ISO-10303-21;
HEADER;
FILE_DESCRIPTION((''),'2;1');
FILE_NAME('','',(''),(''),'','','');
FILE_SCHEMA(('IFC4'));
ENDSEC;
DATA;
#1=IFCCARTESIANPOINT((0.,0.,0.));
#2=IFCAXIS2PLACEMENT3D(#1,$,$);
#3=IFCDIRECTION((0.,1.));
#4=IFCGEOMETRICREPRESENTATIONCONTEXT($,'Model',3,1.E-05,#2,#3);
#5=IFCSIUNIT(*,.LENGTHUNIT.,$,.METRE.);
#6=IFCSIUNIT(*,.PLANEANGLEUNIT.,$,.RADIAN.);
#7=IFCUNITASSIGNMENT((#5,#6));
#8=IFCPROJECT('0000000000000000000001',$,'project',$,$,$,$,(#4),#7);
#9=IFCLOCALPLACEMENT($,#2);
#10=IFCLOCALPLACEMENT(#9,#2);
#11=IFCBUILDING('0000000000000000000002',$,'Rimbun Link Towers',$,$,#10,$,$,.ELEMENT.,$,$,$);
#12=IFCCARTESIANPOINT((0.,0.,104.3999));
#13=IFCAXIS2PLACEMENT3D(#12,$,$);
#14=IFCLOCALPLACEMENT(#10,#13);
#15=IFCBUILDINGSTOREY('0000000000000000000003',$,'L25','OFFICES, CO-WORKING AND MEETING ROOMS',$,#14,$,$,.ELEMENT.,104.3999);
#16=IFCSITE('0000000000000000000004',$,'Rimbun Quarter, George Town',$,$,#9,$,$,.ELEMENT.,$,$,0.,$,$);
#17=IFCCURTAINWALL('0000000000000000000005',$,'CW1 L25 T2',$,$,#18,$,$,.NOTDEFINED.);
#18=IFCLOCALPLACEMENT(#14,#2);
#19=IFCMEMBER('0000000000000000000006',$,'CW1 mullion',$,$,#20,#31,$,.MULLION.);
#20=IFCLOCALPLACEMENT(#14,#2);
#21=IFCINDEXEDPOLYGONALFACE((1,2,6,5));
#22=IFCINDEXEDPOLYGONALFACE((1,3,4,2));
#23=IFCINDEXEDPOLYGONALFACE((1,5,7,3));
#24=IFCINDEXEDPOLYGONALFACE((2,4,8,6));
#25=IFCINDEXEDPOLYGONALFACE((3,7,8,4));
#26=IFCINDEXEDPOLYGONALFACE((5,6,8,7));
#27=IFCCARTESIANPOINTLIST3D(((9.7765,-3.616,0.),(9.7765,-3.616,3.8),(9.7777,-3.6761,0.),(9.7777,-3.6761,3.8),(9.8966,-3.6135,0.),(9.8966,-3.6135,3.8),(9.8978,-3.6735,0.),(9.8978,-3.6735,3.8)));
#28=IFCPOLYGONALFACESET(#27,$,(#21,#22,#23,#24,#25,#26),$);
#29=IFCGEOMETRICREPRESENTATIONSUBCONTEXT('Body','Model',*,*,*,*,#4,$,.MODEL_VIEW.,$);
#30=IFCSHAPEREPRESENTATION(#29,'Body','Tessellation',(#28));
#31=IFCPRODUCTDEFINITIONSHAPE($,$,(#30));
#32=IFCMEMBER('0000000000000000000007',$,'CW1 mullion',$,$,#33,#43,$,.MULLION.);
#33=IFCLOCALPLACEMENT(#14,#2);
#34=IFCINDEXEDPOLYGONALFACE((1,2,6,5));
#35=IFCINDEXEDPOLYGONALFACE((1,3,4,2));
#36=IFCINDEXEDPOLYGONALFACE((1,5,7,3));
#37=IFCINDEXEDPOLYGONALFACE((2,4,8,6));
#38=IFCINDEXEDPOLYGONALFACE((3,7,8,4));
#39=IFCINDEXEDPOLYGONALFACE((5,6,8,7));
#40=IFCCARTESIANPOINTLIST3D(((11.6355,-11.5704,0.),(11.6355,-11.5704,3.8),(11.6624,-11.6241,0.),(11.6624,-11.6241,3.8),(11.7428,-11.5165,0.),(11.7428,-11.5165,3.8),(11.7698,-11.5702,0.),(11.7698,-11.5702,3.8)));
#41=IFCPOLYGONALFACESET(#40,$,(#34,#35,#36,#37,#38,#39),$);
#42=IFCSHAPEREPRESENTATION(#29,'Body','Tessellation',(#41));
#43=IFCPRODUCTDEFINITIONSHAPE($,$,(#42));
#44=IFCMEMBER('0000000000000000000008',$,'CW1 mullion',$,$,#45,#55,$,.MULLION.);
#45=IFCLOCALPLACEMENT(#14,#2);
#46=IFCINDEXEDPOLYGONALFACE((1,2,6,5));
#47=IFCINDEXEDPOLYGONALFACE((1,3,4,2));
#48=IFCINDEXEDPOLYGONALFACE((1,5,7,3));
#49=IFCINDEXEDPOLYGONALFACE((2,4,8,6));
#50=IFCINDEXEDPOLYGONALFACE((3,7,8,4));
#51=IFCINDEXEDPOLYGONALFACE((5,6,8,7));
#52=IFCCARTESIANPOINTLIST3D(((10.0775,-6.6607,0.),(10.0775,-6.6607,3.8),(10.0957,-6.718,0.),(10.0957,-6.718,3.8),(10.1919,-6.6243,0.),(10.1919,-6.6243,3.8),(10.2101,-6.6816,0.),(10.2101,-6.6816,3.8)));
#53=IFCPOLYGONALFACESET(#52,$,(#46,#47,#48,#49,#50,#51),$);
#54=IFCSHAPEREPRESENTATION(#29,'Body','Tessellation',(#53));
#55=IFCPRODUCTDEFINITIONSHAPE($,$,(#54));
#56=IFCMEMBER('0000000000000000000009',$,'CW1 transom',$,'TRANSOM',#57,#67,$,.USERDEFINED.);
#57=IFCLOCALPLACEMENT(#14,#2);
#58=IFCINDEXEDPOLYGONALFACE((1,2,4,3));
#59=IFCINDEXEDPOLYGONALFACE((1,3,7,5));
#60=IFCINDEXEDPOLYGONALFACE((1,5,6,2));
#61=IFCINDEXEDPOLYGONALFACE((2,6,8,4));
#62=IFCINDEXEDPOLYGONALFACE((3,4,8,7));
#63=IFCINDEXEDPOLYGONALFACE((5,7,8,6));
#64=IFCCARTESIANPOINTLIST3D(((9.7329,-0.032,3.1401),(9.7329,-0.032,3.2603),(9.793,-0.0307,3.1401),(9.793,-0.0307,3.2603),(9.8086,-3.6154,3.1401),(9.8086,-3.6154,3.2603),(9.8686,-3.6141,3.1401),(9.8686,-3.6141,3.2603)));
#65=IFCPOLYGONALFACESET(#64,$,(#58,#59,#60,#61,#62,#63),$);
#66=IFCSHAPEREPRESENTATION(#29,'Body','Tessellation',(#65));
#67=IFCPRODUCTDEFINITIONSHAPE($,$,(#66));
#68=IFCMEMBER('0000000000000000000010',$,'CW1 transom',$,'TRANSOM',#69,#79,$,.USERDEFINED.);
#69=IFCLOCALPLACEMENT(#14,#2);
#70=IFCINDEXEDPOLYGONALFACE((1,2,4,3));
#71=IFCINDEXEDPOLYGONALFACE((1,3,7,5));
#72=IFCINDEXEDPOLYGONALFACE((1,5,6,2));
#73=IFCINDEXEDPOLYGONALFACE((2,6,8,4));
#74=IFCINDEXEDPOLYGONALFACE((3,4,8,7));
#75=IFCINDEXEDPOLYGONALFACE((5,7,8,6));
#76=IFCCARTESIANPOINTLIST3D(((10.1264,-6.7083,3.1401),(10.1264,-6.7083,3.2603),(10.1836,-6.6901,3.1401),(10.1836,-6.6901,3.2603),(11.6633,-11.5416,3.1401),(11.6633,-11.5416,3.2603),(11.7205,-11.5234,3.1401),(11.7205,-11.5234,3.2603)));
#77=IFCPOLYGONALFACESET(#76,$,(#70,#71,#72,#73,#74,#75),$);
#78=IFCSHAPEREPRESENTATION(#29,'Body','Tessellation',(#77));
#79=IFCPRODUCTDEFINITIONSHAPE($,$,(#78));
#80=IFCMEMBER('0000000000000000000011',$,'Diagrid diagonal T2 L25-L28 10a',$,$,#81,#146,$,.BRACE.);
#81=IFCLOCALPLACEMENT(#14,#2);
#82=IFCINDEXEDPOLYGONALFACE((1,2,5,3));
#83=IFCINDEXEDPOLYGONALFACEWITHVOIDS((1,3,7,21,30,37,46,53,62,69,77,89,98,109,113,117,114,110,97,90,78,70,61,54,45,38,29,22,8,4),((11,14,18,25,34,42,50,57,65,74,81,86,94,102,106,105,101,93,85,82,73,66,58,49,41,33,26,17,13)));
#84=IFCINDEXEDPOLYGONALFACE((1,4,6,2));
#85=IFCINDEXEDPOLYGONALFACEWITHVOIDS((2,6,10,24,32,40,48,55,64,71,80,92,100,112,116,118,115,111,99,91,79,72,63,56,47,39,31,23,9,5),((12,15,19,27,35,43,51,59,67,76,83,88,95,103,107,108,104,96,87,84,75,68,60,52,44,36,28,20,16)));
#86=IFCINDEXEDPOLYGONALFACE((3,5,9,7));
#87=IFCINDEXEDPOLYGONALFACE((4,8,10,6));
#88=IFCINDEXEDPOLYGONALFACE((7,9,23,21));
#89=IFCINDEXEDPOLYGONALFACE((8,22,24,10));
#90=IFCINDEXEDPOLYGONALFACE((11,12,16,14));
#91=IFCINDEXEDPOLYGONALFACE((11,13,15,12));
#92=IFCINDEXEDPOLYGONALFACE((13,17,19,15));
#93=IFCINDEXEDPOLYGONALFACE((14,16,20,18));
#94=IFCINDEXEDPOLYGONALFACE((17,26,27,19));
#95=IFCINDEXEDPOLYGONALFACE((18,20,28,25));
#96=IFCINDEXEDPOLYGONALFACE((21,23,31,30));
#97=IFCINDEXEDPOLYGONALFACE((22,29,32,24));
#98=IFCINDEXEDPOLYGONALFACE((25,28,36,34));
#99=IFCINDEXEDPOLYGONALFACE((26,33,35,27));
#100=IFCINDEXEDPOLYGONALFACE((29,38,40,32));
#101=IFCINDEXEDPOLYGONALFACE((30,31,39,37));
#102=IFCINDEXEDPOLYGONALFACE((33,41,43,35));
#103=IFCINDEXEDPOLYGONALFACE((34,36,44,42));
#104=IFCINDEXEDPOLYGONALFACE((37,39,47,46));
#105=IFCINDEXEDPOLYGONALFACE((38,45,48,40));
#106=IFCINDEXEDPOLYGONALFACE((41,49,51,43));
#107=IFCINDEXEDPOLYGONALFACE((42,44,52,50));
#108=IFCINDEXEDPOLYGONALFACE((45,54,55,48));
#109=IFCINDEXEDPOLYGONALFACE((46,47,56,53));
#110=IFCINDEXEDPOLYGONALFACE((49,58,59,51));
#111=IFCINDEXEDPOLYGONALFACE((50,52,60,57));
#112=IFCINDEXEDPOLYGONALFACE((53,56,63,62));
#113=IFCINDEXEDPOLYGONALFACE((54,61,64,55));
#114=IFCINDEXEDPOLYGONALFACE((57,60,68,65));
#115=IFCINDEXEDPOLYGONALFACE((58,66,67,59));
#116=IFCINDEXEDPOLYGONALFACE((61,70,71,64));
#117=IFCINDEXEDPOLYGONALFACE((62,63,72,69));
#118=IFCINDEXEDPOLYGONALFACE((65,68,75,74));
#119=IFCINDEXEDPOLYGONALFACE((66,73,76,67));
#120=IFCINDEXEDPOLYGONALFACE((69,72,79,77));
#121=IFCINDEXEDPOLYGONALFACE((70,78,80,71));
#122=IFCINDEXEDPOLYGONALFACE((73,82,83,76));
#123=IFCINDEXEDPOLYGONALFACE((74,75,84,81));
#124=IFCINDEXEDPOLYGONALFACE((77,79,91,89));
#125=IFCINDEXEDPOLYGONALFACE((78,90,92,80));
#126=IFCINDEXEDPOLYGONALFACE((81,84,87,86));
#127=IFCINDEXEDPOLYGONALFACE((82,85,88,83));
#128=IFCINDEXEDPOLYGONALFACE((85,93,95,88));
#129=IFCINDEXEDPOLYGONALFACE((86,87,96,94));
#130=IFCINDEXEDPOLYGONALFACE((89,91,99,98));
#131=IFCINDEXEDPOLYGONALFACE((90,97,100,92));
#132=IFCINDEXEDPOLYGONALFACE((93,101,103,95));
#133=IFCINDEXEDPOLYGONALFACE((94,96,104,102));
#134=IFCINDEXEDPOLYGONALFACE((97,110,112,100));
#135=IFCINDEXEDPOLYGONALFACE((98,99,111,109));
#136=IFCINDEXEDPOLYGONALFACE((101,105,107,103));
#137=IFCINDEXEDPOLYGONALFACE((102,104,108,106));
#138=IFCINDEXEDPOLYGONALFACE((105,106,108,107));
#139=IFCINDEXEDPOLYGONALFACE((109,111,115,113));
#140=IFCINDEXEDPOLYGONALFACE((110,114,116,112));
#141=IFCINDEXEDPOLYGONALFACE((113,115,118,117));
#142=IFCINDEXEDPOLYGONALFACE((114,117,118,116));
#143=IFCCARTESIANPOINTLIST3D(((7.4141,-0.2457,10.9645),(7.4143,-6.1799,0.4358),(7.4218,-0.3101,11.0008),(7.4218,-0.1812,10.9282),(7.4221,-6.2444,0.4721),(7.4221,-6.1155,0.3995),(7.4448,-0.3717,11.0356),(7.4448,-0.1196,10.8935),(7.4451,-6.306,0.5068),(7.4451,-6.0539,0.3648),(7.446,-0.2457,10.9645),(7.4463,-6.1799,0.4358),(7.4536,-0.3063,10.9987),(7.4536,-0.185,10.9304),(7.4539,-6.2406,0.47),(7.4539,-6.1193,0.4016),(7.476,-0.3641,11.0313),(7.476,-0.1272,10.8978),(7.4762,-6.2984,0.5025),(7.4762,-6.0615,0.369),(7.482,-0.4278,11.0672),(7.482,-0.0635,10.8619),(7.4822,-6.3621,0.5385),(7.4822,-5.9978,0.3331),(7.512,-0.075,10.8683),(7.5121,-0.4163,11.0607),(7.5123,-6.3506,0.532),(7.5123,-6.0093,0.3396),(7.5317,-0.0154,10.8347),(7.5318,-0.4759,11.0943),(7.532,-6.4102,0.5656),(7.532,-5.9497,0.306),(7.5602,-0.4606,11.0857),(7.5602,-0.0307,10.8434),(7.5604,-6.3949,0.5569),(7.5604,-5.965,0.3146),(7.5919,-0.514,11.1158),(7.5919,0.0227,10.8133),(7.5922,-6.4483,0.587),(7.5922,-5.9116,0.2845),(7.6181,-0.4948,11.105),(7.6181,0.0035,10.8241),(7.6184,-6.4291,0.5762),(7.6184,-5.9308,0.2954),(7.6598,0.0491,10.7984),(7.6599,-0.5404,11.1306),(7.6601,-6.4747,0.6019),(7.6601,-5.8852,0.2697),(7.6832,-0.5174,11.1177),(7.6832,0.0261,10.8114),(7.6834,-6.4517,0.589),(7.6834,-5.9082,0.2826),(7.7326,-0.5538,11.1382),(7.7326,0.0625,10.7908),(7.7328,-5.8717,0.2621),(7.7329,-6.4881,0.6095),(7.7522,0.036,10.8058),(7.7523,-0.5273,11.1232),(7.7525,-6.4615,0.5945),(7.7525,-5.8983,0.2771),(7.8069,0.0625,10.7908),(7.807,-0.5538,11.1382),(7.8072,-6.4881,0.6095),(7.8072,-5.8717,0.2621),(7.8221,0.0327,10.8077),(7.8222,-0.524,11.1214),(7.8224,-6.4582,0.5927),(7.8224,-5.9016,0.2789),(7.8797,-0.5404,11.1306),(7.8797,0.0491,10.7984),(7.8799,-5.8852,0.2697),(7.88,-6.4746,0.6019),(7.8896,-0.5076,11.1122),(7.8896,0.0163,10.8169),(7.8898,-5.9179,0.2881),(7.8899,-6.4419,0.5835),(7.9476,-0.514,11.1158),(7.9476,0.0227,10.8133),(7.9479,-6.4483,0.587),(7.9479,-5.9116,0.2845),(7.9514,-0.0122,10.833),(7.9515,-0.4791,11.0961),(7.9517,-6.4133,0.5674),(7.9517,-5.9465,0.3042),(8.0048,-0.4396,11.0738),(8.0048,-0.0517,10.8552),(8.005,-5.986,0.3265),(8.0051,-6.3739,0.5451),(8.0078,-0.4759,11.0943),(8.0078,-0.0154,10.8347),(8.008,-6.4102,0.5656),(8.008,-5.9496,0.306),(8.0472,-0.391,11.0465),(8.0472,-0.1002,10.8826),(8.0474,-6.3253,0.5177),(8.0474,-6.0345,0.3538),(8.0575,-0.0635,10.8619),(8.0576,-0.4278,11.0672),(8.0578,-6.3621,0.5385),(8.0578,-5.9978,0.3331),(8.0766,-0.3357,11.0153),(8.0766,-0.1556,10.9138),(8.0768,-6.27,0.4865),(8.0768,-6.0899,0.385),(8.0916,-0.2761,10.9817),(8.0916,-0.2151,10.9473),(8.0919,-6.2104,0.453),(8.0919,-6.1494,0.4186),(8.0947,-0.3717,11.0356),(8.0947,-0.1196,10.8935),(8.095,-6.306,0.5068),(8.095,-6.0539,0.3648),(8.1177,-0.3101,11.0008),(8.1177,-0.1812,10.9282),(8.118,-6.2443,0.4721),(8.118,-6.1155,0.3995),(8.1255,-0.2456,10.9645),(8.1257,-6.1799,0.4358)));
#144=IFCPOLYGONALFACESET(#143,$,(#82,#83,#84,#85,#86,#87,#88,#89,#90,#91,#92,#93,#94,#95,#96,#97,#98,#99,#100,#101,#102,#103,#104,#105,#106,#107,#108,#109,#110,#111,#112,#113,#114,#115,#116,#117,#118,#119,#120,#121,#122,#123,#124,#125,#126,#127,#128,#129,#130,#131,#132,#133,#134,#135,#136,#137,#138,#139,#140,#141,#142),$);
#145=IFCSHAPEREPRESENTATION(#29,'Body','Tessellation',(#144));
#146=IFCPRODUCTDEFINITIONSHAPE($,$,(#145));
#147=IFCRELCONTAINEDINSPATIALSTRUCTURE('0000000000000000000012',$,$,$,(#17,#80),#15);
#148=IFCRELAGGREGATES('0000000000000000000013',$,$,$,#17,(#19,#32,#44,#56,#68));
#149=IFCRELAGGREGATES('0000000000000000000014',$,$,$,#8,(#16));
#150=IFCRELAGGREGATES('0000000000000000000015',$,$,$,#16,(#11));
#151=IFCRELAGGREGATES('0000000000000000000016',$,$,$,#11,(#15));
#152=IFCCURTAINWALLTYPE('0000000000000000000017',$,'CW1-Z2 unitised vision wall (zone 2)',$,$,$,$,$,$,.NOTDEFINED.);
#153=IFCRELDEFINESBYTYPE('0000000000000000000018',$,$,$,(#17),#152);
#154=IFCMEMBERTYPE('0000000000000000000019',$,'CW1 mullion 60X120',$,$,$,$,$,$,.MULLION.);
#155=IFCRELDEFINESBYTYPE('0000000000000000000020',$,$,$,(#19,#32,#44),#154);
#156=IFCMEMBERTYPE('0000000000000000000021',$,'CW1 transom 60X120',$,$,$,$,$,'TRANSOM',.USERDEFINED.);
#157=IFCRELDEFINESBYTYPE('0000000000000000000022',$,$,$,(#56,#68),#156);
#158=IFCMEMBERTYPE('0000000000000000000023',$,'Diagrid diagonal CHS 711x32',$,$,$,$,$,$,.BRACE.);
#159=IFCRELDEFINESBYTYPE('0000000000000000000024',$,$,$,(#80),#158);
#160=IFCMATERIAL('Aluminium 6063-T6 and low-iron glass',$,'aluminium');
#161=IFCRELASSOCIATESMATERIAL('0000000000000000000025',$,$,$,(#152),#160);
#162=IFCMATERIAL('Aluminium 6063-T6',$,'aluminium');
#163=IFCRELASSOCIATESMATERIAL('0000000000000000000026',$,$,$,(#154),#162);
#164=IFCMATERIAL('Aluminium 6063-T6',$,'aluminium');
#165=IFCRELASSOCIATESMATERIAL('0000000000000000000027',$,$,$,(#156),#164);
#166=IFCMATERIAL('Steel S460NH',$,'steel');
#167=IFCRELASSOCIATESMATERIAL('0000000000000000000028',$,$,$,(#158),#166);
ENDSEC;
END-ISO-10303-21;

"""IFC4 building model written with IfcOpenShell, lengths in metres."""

from ifc_helpers import new_model, si_unit, direction, frame, origin, origin_2d, place, context, subcontext, project, spatial, rectangle, hollow_circle, extrude, material, material_profile, profile_set, type_object, element, aggregate, save


model = new_model("IFC4")

# Units and contexts
model_context = context("Model", 3, precision=1e-05, world=origin(), true_north=direction((0.0, 1.0)))
body_context = subcontext(model_context, "Body", "Model", "MODEL_VIEW")
ifc_project = project(units=[si_unit("LENGTHUNIT", "METRE"), si_unit("PLANEANGLEUNIT", "RADIAN")], contexts=[model_context])

# Site, building, storey
site_placement = place(None, origin())
site = spatial("IfcSite", under=ifc_project, at=site_placement, Name="Rimbun Quarter, George Town", CompositionType="ELEMENT", RefElevation=0.0)
building_placement = place(site_placement, origin())
building = spatial("IfcBuilding", under=site, at=building_placement, Name="Rimbun Link Towers", CompositionType="ELEMENT")
storey_placement = place(building_placement, frame((0.0, 0.0, 104.3999)))
storey = spatial("IfcBuildingStorey", under=building, at=storey_placement, Name="L25", Description="OFFICES, CO-WORKING AND MEETING ROOMS", CompositionType="ELEMENT", Elevation=104.3999)

# Curtain wall, members
ifc_material_1 = material(Name="Aluminium 6063-T6 and low-iron glass", Category="aluminium")
curtain_wall_type = type_object("IfcCurtainWallType", Name="CW1-Z2 unitised vision wall (zone 2)", PredefinedType="NOTDEFINED", material=ifc_material_1)
curtain_wall_placement = place(storey_placement, origin())
curtain_wall = element("IfcCurtainWall", 1, at=curtain_wall_placement, inside=storey, type_object=curtain_wall_type, Name="CW1 L25 T2", PredefinedType="NOTDEFINED")
ifc_material_2 = material(Name="Aluminium 6063-T6", Category="aluminium")
ifc_material_profile_1 = material_profile(ifc_material_2, rectangle(XDim=0.1201, YDim=0.0601, at=origin_2d()), Name="MULLION 60X120")
ifc_profile_set_1 = profile_set([ifc_material_profile_1], Name="Aluminium 6063-T6")
member_type_1 = type_object("IfcMemberType", Name="CW1 mullion 60X120", PredefinedType="MULLION", material=ifc_profile_set_1)
member_1_placement = place(storey_placement, frame((9.8372, -3.6448, 0.0), z_axis=(0.0, 0.0, 1.0), x_axis=(-0.999778, -0.021063, 0.0)))
member_1 = element("IfcMember", 2, at=member_1_placement, type_object=member_type_1, Name="CW1 mullion", PredefinedType="MULLION", context=body_context, shape_type="SweptSolid", body=[
    extrude(rectangle(XDim=0.1201, YDim=0.0601, at=origin_2d()), origin(), (0.0, 0.0, 1.0), 3.8),
])
member_2_placement = place(storey_placement, frame((11.7026, -11.5703, 0.0), z_axis=(0.0, 0.0, 1.0), x_axis=(-0.893749, -0.448567, 0.0)))
member_2 = element("IfcMember", 3, at=member_2_placement, type_object=member_type_1, Name="CW1 mullion", PredefinedType="MULLION", context=body_context, shape_type="SweptSolid", body=[
    extrude(rectangle(XDim=0.1201, YDim=0.0601, at=origin_2d()), origin(), (0.0, 0.0, 1.0), 3.8),
])
member_3_placement = place(storey_placement, frame((10.1438, -6.6711, 0.0), z_axis=(0.0, 0.0, 1.0), x_axis=(-0.952972, -0.303057, 0.0)))
member_3 = element("IfcMember", 4, at=member_3_placement, type_object=member_type_1, Name="CW1 mullion", PredefinedType="MULLION", context=body_context, shape_type="SweptSolid", body=[
    extrude(rectangle(XDim=0.1201, YDim=0.0601, at=origin_2d()), origin(), (0.0, 0.0, 1.0), 3.8),
])
ifc_material_3 = material(Name="Aluminium 6063-T6", Category="aluminium")
ifc_material_profile_2 = material_profile(ifc_material_3, rectangle(XDim=0.0601, YDim=0.1201, at=origin_2d()), Name="TRANSOM 60X120")
ifc_profile_set_2 = profile_set([ifc_material_profile_2], Name="Aluminium 6063-T6")
member_type_2 = type_object("IfcMemberType", Name="CW1 transom 60X120", ElementType="TRANSOM", PredefinedType="USERDEFINED", material=ifc_profile_set_2)
member_4_placement = place(storey_placement, frame((9.8386, -3.6147, 3.2002), z_axis=(-0.021115, 0.999777, 0.0), x_axis=(-0.999777, -0.021115, 0.0)))
member_4 = element("IfcMember", 5, at=member_4_placement, type_object=member_type_2, Name="CW1 transom", ObjectType="TRANSOM", PredefinedType="USERDEFINED", context=body_context, shape_type="SweptSolid", body=[
    extrude(rectangle(XDim=0.0601, YDim=0.1201, at=origin_2d()), origin(), (0.0, 0.0, 1.0), 3.5842),
])
member_5_placement = place(storey_placement, frame((11.6919, -11.5325, 3.2002), z_axis=(-0.303027, 0.952982, 0.0), x_axis=(-0.952982, -0.303027, 0.0)))
member_5 = element("IfcMember", 6, at=member_5_placement, type_object=member_type_2, Name="CW1 transom", ObjectType="TRANSOM", PredefinedType="USERDEFINED", context=body_context, shape_type="SweptSolid", body=[
    extrude(rectangle(XDim=0.0601, YDim=0.1201, at=origin_2d()), origin(), (0.0, 0.0, 1.0), 5.0718),
])

# Member
ifc_material_4 = material(Name="Steel S460NH", Category="steel")
ifc_material_profile_3 = material_profile(ifc_material_4, hollow_circle(Radius=0.3557, WallThickness=0.032, at=origin_2d()), Name="Diagrid diagonal CHS 711x32")
ifc_profile_set_3 = profile_set([ifc_material_profile_3], Name="Steel S460NH")
member_type_3 = type_object("IfcMemberType", Name="Diagrid diagonal CHS 711x32", PredefinedType="BRACE", material=ifc_profile_set_3)
member_6_placement = place(storey_placement, frame((7.77, -6.1799, 0.4358), z_axis=(-0.00002, 0.491007, 0.871156), x_axis=(-1.0, -0.000041, 0.0)))
element("IfcMember", 7, at=member_6_placement, inside=storey, type_object=member_type_3, Name="Diagrid diagonal T2 L25-L28 10a", PredefinedType="BRACE", context=body_context, shape_type="SweptSolid", body=[
    extrude(hollow_circle(Radius=0.3557, WallThickness=0.032, at=origin_2d()), origin(), (0.0, 0.0, 1.0), 12.0859),
])

aggregate(curtain_wall, [member_1, member_2, member_3, member_4, member_5])

save(model, "model.ifc")
